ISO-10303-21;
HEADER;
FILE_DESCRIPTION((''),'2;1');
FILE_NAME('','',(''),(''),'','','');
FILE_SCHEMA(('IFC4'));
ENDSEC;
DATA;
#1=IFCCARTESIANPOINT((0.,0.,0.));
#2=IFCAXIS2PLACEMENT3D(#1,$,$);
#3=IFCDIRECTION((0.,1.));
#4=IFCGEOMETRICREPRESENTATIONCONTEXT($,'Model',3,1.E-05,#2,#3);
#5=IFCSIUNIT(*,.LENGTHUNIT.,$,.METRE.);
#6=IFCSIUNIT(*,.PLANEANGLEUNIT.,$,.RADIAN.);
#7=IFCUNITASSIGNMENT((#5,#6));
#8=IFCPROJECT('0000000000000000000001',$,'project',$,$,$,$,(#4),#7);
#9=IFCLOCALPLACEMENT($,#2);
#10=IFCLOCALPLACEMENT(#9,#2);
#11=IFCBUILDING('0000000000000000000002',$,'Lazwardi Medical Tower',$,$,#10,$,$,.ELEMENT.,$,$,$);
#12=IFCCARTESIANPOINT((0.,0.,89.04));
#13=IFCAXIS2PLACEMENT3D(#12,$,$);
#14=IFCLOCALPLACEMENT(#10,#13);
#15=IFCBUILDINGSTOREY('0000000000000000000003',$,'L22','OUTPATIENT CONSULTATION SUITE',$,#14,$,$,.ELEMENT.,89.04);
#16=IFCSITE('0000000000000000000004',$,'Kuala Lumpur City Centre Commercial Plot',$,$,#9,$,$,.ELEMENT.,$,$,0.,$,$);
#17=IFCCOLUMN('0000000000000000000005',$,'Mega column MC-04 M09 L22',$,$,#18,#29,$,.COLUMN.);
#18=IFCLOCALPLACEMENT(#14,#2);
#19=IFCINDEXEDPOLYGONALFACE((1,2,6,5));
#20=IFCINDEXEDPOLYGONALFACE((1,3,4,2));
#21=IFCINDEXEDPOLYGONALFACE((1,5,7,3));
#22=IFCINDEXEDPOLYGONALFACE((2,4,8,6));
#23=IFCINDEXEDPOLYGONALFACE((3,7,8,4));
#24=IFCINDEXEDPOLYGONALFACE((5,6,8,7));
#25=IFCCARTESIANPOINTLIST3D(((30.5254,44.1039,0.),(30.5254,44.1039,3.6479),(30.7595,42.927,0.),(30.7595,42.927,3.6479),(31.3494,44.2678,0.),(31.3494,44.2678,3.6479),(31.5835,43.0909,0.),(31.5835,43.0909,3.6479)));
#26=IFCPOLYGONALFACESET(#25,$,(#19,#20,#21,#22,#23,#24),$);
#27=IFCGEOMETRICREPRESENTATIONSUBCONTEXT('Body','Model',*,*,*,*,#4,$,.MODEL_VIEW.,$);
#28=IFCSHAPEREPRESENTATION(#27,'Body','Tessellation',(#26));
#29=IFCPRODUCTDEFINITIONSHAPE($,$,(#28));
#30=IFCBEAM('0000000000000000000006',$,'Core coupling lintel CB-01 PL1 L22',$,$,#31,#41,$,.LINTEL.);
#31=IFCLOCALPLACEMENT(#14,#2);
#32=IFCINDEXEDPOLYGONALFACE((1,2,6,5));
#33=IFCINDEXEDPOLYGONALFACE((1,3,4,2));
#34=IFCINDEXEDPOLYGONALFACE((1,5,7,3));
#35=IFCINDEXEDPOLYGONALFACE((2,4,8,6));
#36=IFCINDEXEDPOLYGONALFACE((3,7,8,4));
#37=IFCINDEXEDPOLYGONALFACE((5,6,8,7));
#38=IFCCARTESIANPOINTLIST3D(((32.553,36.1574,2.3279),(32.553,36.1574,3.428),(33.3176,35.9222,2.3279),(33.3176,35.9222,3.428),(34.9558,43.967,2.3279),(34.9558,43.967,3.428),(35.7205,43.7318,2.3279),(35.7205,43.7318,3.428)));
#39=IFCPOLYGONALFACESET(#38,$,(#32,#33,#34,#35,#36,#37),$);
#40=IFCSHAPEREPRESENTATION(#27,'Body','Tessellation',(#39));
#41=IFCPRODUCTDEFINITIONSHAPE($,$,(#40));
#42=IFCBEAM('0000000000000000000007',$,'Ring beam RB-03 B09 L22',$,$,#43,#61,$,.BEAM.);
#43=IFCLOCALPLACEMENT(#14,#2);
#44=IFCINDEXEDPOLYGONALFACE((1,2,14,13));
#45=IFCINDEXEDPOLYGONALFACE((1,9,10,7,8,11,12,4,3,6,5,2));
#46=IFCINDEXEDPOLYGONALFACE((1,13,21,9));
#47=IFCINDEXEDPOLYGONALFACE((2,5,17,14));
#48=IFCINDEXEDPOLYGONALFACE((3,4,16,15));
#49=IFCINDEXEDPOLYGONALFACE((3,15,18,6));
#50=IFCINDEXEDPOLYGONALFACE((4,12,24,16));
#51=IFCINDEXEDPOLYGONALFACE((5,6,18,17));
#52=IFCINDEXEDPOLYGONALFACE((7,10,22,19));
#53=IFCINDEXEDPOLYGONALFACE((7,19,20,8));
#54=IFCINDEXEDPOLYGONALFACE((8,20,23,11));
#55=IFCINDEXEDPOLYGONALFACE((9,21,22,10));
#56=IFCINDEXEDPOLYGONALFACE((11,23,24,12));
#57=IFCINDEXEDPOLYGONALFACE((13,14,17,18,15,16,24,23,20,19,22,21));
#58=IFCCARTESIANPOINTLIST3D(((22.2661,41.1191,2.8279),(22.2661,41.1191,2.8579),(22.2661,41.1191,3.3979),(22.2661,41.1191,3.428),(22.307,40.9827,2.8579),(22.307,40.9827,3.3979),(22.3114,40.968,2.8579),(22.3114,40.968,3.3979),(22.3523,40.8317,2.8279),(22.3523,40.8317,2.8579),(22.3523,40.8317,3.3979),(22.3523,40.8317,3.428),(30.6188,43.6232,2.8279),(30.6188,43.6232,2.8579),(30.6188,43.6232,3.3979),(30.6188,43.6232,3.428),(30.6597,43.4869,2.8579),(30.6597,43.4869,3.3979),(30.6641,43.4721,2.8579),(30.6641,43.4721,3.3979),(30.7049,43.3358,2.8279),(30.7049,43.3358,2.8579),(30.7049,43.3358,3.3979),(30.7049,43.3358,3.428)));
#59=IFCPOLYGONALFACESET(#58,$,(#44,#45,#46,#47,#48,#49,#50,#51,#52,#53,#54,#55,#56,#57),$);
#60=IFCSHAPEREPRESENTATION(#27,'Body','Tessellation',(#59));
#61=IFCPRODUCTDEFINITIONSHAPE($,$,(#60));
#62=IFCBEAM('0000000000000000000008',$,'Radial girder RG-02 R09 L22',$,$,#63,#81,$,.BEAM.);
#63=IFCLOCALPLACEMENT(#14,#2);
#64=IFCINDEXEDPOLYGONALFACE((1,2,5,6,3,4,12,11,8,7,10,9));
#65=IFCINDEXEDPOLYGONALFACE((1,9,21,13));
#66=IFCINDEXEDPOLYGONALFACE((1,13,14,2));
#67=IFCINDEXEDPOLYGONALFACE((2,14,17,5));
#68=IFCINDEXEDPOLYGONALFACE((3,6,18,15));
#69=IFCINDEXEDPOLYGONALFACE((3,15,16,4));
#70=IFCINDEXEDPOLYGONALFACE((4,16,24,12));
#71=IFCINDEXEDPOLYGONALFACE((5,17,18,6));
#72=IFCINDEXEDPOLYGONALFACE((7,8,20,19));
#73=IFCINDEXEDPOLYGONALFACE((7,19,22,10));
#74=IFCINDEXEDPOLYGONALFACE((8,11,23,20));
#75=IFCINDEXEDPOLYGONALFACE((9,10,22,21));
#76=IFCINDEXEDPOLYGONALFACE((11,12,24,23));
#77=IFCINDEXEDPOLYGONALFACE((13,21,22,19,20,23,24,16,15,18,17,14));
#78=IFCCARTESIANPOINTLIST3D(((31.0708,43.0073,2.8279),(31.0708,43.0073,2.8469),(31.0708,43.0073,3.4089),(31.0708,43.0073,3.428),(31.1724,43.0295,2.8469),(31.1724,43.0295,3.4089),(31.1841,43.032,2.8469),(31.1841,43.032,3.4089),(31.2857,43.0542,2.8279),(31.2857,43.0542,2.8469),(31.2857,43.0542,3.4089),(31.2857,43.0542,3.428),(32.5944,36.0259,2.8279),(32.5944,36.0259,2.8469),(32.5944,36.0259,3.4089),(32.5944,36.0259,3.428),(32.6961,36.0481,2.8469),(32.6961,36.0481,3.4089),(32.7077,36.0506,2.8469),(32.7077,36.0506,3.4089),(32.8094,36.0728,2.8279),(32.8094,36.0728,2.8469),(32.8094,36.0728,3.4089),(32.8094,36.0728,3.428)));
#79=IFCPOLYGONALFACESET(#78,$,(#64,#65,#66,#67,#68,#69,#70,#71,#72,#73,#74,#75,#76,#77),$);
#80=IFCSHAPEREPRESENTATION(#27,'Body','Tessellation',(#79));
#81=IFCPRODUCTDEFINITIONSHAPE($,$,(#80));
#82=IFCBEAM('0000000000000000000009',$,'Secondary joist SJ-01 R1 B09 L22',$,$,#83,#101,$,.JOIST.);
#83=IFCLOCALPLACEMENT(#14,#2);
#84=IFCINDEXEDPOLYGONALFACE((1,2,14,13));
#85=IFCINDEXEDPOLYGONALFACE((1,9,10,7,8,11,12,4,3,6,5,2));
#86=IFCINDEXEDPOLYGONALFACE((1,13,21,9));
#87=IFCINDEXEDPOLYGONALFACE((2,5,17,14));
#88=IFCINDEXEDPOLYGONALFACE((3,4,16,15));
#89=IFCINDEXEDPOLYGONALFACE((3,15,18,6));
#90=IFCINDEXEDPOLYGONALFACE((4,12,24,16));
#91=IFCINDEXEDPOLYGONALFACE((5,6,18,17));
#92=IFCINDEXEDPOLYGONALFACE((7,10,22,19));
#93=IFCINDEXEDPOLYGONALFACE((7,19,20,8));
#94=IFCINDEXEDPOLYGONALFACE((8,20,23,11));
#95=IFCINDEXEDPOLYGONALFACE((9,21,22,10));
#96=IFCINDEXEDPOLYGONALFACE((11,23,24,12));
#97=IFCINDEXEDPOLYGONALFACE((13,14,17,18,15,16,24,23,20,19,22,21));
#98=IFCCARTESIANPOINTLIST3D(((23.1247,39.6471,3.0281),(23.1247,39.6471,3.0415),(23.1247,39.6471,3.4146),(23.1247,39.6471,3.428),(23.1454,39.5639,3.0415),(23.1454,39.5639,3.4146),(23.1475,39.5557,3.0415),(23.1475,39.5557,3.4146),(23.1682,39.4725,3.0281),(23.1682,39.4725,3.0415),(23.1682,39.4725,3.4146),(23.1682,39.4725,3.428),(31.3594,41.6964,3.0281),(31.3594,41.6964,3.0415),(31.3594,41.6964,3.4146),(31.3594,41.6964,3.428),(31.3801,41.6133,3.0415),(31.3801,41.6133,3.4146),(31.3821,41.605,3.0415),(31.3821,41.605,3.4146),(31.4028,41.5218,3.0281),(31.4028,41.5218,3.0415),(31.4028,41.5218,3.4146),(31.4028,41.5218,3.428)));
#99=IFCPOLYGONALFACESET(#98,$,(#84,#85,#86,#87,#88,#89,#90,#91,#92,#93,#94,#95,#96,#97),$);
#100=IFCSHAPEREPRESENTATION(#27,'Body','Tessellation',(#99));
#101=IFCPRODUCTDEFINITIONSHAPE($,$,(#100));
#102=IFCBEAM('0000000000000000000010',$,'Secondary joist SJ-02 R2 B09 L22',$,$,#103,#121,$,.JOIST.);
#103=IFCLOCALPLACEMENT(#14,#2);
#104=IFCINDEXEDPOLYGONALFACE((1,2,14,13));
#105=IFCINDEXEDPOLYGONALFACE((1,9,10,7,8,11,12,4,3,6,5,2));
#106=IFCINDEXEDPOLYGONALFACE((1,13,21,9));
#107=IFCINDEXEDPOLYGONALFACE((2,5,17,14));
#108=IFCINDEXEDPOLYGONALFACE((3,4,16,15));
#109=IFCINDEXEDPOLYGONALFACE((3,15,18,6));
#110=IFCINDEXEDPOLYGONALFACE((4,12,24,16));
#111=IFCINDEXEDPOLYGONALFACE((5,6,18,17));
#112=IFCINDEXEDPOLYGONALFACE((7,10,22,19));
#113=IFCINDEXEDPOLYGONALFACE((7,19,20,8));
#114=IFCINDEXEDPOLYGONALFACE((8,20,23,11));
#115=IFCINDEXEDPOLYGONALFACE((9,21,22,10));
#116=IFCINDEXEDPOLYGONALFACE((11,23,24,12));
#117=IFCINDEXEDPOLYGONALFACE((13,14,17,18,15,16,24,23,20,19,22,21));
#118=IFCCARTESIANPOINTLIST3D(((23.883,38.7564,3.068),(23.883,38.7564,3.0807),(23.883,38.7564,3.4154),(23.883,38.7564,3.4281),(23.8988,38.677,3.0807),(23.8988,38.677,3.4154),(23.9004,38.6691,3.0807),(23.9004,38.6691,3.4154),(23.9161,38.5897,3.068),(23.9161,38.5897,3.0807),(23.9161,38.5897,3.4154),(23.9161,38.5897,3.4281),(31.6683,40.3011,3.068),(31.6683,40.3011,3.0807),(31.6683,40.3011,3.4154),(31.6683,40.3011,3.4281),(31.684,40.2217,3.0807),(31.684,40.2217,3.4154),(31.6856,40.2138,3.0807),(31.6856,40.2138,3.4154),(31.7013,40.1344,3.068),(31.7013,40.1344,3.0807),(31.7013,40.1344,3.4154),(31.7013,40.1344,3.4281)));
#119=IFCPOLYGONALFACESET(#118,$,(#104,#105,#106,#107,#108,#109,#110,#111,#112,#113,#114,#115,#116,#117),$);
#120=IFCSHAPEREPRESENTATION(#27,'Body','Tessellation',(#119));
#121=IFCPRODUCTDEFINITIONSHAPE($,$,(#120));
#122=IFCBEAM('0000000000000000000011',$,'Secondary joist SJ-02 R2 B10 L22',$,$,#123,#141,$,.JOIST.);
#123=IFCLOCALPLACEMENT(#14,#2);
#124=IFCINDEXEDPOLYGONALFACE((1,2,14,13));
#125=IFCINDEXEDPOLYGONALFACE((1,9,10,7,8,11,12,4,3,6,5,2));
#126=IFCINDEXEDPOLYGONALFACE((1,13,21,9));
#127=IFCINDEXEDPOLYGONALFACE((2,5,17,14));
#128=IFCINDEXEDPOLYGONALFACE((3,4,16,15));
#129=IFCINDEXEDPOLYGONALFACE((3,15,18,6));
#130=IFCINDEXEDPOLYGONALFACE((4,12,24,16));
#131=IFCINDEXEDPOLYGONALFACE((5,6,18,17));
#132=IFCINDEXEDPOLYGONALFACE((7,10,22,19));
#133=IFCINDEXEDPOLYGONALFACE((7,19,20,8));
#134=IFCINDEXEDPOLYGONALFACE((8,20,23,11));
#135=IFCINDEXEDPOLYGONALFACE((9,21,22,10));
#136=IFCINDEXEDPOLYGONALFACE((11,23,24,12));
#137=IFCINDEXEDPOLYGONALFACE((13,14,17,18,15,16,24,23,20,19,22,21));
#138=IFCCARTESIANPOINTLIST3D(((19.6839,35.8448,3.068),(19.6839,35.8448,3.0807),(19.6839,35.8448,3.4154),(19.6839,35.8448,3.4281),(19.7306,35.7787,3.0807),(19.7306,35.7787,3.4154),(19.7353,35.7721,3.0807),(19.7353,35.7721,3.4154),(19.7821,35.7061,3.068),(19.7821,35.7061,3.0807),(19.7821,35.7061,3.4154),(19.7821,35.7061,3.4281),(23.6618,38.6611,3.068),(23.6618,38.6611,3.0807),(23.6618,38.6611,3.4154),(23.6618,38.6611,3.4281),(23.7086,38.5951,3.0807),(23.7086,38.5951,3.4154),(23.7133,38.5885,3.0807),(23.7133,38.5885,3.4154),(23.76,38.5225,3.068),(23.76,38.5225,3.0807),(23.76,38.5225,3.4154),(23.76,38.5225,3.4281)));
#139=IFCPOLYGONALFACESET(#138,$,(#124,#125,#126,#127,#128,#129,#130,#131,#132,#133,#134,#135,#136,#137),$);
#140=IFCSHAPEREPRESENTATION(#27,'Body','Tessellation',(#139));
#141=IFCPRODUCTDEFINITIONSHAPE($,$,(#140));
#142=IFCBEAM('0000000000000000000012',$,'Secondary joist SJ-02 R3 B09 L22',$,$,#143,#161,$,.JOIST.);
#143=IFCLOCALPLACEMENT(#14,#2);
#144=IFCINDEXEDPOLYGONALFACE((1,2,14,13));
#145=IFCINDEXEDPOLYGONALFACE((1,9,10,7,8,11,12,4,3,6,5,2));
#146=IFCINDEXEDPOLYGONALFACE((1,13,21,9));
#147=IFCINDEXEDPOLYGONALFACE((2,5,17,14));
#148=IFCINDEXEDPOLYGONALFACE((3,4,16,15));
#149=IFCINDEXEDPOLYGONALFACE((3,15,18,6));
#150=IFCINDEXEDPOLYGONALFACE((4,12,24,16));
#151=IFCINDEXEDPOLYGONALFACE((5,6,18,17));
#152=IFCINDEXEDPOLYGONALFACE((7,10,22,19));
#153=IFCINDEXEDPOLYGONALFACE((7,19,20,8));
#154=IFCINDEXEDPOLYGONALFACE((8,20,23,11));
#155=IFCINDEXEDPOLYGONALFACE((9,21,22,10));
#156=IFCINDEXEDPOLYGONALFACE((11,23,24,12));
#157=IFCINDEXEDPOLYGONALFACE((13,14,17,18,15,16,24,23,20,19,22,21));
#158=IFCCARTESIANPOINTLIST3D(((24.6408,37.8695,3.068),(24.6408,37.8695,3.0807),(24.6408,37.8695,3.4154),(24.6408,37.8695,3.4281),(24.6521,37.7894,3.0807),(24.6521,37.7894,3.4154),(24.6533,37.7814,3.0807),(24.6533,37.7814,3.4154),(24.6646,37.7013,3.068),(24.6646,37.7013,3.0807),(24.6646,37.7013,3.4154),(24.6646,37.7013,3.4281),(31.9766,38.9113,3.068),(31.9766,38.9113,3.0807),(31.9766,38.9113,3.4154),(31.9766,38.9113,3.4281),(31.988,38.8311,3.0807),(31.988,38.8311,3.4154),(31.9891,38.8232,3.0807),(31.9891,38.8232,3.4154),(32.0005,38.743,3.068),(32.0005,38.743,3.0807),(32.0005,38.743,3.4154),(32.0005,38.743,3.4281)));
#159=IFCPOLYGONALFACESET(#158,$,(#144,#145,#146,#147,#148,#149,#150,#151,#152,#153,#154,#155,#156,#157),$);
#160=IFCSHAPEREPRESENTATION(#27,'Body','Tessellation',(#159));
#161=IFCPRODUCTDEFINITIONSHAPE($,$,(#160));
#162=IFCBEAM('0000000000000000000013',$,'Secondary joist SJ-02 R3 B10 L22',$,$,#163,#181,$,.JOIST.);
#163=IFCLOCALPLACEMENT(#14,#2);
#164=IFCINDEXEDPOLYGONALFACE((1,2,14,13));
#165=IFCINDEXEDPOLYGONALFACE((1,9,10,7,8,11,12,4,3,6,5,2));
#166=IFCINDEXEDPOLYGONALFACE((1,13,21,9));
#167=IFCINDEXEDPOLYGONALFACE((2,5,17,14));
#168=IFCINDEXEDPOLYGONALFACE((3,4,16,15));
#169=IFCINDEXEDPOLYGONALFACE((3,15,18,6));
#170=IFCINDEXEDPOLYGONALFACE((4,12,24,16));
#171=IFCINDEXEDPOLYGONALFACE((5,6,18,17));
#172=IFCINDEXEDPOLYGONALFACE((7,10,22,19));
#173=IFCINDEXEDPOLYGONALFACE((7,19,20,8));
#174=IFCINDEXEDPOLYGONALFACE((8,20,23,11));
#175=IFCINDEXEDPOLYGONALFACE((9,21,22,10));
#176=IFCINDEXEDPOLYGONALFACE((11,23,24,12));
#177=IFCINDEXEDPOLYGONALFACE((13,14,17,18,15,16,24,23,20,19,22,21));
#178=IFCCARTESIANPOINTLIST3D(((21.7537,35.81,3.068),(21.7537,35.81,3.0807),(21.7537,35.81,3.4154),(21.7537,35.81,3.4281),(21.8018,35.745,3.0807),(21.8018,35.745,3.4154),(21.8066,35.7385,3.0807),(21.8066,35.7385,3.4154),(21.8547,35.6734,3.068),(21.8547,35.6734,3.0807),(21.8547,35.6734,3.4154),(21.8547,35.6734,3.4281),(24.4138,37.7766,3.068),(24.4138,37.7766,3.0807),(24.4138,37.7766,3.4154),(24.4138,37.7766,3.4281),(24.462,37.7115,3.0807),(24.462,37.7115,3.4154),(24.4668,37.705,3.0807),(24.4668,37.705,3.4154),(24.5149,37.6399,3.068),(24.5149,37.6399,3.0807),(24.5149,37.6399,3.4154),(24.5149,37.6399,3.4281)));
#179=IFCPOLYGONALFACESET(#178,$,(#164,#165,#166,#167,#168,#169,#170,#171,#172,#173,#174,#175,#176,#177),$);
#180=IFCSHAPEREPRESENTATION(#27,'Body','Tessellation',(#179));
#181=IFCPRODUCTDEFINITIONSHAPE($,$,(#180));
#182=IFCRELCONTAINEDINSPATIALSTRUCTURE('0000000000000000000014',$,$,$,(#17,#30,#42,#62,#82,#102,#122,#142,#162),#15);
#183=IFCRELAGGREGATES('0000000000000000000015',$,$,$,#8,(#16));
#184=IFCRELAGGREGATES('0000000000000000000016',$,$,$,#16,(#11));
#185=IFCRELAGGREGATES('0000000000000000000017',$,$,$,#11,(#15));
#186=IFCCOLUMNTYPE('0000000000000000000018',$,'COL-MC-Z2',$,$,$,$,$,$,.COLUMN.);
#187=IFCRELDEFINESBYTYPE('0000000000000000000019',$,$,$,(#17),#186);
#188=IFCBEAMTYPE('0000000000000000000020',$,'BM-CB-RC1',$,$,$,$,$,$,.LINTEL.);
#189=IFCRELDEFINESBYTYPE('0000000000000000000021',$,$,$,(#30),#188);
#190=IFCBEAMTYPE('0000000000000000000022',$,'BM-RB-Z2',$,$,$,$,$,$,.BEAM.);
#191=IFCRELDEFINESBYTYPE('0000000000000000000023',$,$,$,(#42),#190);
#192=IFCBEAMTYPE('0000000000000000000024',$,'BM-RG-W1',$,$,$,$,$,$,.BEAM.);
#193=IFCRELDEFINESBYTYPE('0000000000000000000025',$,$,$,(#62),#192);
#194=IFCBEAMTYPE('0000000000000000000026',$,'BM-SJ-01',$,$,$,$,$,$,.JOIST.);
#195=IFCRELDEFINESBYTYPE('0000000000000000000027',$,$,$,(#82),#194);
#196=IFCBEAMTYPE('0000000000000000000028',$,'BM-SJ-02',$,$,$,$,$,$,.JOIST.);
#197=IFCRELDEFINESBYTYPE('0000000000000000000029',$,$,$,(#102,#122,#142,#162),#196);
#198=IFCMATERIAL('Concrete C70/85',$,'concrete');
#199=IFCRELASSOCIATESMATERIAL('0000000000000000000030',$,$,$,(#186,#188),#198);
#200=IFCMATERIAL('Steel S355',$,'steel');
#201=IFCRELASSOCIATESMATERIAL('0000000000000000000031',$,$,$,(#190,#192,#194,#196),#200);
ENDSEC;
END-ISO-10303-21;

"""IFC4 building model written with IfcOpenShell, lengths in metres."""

from ifc_helpers import new_model, si_unit, direction, frame, origin, origin_2d, place, context, subcontext, project, spatial, rectangle, i_section, extrude, material, material_profile, profile_set, type_object, element, save


model = new_model("IFC4")

# Units and contexts
model_context = context("Model", 3, precision=1e-05, world=origin(), true_north=direction((0.0, 1.0)))
body_context = subcontext(model_context, "Body", "Model", "MODEL_VIEW")
ifc_project = project(units=[si_unit("LENGTHUNIT", "METRE"), si_unit("PLANEANGLEUNIT", "RADIAN")], contexts=[model_context])

# Site, building, storey
site_placement = place(None, origin())
site = spatial("IfcSite", under=ifc_project, at=site_placement, Name="Kuala Lumpur City Centre Commercial Plot", CompositionType="ELEMENT", RefElevation=0.0)
building_placement = place(site_placement, origin())
building = spatial("IfcBuilding", under=site, at=building_placement, Name="Lazwardi Medical Tower", CompositionType="ELEMENT")
storey_placement = place(building_placement, frame((0.0, 0.0, 89.04)))
storey = spatial("IfcBuildingStorey", under=building, at=storey_placement, Name="L22", Description="OUTPATIENT CONSULTATION SUITE", CompositionType="ELEMENT", Elevation=89.04)

# Column
ifc_material_1 = material(Name="Concrete C70/85", Category="concrete")
ifc_material_profile_1 = material_profile(ifc_material_1, rectangle(XDim=1.2, YDim=0.8401, at=origin_2d()), Name="CFT-RECT 1200x840")
ifc_profile_set_1 = profile_set([ifc_material_profile_1], Name="Concrete C70/85")
column_type = type_object("IfcColumnType", Name="COL-MC-Z2", PredefinedType="COLUMN", material=ifc_profile_set_1)
column_placement = place(storey_placement, frame((31.0544, 43.5974, 0.0), z_axis=(0.0, 0.0, 1.0), x_axis=(-0.19509, 0.980785, 0.0)))
element("IfcColumn", 1, at=column_placement, inside=storey, type_object=column_type, Name="Mega column MC-04 M09 L22", PredefinedType="COLUMN", context=body_context, shape_type="SweptSolid", body=[
    extrude(rectangle(XDim=1.2, YDim=0.8401, at=origin_2d()), origin(), (0.0, 0.0, 1.0), 3.6479),
])

# Beams
ifc_material_profile_2 = material_profile(ifc_material_1, rectangle(XDim=0.8, YDim=1.1001, at=origin_2d()), Name="RC 800x1100")
ifc_profile_set_2 = profile_set([ifc_material_profile_2], Name="Concrete C70/85")
beam_type_1 = type_object("IfcBeamType", Name="BM-CB-RC1", PredefinedType="LINTEL", material=ifc_profile_set_2)
beam_1_placement = place(storey_placement, frame((32.9353, 36.0398, 2.8779), z_axis=(0.294073, 0.955783, 0.0), x_axis=(-0.955783, 0.294073, 0.0)))
element("IfcBeam", 2, at=beam_1_placement, inside=storey, type_object=beam_type_1, Name="Core coupling lintel CB-01 PL1 L22", PredefinedType="LINTEL", context=body_context, shape_type="SweptSolid", body=[
    extrude(rectangle(XDim=0.8, YDim=1.1001, at=origin_2d()), origin(), (0.0, 0.0, 1.0), 8.1709),
])
ifc_material_2 = material(Name="Steel S355", Category="steel")
ifc_material_profile_3 = material_profile(ifc_material_2, i_section(OverallWidth=0.3, OverallDepth=0.6001, WebThickness=0.0154, FlangeThickness=0.03, at=origin_2d()), Name="HEB 600")
ifc_profile_set_3 = profile_set([ifc_material_profile_3], Name="Steel S355")
beam_type_2 = type_object("IfcBeamType", Name="BM-RB-Z2", PredefinedType="BEAM", material=ifc_profile_set_3)
beam_2_placement = place(storey_placement, frame((30.6619, 43.4795, 3.1279), z_axis=(-0.957879, -0.287171, 0.0), x_axis=(0.287171, -0.957879, 0.0)))
element("IfcBeam", 3, at=beam_2_placement, inside=storey, type_object=beam_type_2, Name="Ring beam RB-03 B09 L22", PredefinedType="BEAM", context=body_context, shape_type="SweptSolid", body=[
    extrude(i_section(OverallWidth=0.3, OverallDepth=0.6001, WebThickness=0.0154, FlangeThickness=0.03, at=origin_2d()), origin(), (0.0, 0.0, 1.0), 8.72),
])
ifc_material_profile_4 = material_profile(ifc_material_2, i_section(OverallWidth=0.22, OverallDepth=0.6001, WebThickness=0.012, FlangeThickness=0.019, at=origin_2d()), Name="IPE 600")
ifc_profile_set_4 = profile_set([ifc_material_profile_4], Name="Steel S355")
beam_type_3 = type_object("IfcBeamType", Name="BM-RG-W1", PredefinedType="BEAM", material=ifc_profile_set_4)
beam_3_placement = place(storey_placement, frame((31.1782, 43.0308, 3.1279), z_axis=(0.213228, -0.977002, 0.0), x_axis=(0.977002, 0.213228, 0.0)))
element("IfcBeam", 4, at=beam_3_placement, inside=storey, type_object=beam_type_3, Name="Radial girder RG-02 R09 L22", PredefinedType="BEAM", context=body_context, shape_type="SweptSolid", body=[
    extrude(i_section(OverallWidth=0.22, OverallDepth=0.6001, WebThickness=0.012, FlangeThickness=0.019, at=origin_2d()), origin(), (0.0, 0.0, 1.0), 7.1458),
])
ifc_material_profile_5 = material_profile(ifc_material_2, i_section(OverallWidth=0.1799, OverallDepth=0.3999, WebThickness=0.0085, FlangeThickness=0.0134, at=origin_2d()), Name="IPE 400")
ifc_profile_set_5 = profile_set([ifc_material_profile_5], Name="Steel S355")
beam_type_4 = type_object("IfcBeamType", Name="BM-SJ-01", PredefinedType="JOIST", material=ifc_profile_set_5)
beam_4_placement = place(storey_placement, frame((31.3811, 41.6091, 3.228), z_axis=(-0.970401, -0.2415, 0.0), x_axis=(0.2415, -0.970401, 0.0)))
element("IfcBeam", 5, at=beam_4_placement, inside=storey, type_object=beam_type_4, Name="Secondary joist SJ-01 R1 B09 L22", PredefinedType="JOIST", context=body_context, shape_type="SweptSolid", body=[
    extrude(i_section(OverallWidth=0.1799, OverallDepth=0.3999, WebThickness=0.0085, FlangeThickness=0.0134, at=origin_2d()), origin(), (0.0, 0.0, 1.0), 8.4858),
])
ifc_material_profile_6 = material_profile(ifc_material_2, i_section(OverallWidth=0.1699, OverallDepth=0.3601, WebThickness=0.0081, FlangeThickness=0.0127, at=origin_2d()), Name="IPE 360")
ifc_profile_set_6 = profile_set([ifc_material_profile_6], Name="Steel S355")
beam_type_5 = type_object("IfcBeamType", Name="BM-SJ-02", PredefinedType="JOIST", material=ifc_profile_set_6)
beam_5_placement = place(storey_placement, frame((31.6848, 40.2178, 3.248), z_axis=(-0.980879, -0.194619, 0.0), x_axis=(0.194619, -0.980879, 0.0)))
element("IfcBeam", 6, at=beam_5_placement, inside=storey, type_object=beam_type_5, Name="Secondary joist SJ-02 R2 B09 L22", PredefinedType="JOIST", context=body_context, shape_type="SweptSolid", body=[
    extrude(i_section(OverallWidth=0.1699, OverallDepth=0.3601, WebThickness=0.0081, FlangeThickness=0.0127, at=origin_2d()), origin(), (0.0, 0.0, 1.0), 7.937),
])
beam_6_placement = place(storey_placement, frame((23.7109, 38.5918, 3.248), z_axis=(-0.816156, -0.577831, 0.0), x_axis=(0.577831, -0.816156, 0.0)))
element("IfcBeam", 7, at=beam_6_placement, inside=storey, type_object=beam_type_5, Name="Secondary joist SJ-02 R2 B10 L22", PredefinedType="JOIST", context=body_context, shape_type="SweptSolid", body=[
    extrude(i_section(OverallWidth=0.1699, OverallDepth=0.3601, WebThickness=0.0081, FlangeThickness=0.0127, at=origin_2d()), origin(), (0.0, 0.0, 1.0), 4.874),
])
beam_7_placement = place(storey_placement, frame((31.9885, 38.8271, 3.248), z_axis=(-0.990067, -0.140596, 0.0), x_axis=(0.140596, -0.990067, 0.0)))
element("IfcBeam", 8, at=beam_7_placement, inside=storey, type_object=beam_type_5, Name="Secondary joist SJ-02 R3 B09 L22", PredefinedType="JOIST", context=body_context, shape_type="SweptSolid", body=[
    extrude(i_section(OverallWidth=0.1699, OverallDepth=0.3601, WebThickness=0.0081, FlangeThickness=0.0127, at=origin_2d()), origin(), (0.0, 0.0, 1.0), 7.4094),
])
beam_8_placement = place(storey_placement, frame((24.4644, 37.7083, 3.248), z_axis=(-0.804126, -0.59446, 0.0), x_axis=(0.59446, -0.804126, 0.0)))
element("IfcBeam", 9, at=beam_8_placement, inside=storey, type_object=beam_type_5, Name="Secondary joist SJ-02 R3 B10 L22", PredefinedType="JOIST", context=body_context, shape_type="SweptSolid", body=[
    extrude(i_section(OverallWidth=0.1699, OverallDepth=0.3601, WebThickness=0.0081, FlangeThickness=0.0127, at=origin_2d()), origin(), (0.0, 0.0, 1.0), 3.3081),
])

save(model, "model.ifc")
